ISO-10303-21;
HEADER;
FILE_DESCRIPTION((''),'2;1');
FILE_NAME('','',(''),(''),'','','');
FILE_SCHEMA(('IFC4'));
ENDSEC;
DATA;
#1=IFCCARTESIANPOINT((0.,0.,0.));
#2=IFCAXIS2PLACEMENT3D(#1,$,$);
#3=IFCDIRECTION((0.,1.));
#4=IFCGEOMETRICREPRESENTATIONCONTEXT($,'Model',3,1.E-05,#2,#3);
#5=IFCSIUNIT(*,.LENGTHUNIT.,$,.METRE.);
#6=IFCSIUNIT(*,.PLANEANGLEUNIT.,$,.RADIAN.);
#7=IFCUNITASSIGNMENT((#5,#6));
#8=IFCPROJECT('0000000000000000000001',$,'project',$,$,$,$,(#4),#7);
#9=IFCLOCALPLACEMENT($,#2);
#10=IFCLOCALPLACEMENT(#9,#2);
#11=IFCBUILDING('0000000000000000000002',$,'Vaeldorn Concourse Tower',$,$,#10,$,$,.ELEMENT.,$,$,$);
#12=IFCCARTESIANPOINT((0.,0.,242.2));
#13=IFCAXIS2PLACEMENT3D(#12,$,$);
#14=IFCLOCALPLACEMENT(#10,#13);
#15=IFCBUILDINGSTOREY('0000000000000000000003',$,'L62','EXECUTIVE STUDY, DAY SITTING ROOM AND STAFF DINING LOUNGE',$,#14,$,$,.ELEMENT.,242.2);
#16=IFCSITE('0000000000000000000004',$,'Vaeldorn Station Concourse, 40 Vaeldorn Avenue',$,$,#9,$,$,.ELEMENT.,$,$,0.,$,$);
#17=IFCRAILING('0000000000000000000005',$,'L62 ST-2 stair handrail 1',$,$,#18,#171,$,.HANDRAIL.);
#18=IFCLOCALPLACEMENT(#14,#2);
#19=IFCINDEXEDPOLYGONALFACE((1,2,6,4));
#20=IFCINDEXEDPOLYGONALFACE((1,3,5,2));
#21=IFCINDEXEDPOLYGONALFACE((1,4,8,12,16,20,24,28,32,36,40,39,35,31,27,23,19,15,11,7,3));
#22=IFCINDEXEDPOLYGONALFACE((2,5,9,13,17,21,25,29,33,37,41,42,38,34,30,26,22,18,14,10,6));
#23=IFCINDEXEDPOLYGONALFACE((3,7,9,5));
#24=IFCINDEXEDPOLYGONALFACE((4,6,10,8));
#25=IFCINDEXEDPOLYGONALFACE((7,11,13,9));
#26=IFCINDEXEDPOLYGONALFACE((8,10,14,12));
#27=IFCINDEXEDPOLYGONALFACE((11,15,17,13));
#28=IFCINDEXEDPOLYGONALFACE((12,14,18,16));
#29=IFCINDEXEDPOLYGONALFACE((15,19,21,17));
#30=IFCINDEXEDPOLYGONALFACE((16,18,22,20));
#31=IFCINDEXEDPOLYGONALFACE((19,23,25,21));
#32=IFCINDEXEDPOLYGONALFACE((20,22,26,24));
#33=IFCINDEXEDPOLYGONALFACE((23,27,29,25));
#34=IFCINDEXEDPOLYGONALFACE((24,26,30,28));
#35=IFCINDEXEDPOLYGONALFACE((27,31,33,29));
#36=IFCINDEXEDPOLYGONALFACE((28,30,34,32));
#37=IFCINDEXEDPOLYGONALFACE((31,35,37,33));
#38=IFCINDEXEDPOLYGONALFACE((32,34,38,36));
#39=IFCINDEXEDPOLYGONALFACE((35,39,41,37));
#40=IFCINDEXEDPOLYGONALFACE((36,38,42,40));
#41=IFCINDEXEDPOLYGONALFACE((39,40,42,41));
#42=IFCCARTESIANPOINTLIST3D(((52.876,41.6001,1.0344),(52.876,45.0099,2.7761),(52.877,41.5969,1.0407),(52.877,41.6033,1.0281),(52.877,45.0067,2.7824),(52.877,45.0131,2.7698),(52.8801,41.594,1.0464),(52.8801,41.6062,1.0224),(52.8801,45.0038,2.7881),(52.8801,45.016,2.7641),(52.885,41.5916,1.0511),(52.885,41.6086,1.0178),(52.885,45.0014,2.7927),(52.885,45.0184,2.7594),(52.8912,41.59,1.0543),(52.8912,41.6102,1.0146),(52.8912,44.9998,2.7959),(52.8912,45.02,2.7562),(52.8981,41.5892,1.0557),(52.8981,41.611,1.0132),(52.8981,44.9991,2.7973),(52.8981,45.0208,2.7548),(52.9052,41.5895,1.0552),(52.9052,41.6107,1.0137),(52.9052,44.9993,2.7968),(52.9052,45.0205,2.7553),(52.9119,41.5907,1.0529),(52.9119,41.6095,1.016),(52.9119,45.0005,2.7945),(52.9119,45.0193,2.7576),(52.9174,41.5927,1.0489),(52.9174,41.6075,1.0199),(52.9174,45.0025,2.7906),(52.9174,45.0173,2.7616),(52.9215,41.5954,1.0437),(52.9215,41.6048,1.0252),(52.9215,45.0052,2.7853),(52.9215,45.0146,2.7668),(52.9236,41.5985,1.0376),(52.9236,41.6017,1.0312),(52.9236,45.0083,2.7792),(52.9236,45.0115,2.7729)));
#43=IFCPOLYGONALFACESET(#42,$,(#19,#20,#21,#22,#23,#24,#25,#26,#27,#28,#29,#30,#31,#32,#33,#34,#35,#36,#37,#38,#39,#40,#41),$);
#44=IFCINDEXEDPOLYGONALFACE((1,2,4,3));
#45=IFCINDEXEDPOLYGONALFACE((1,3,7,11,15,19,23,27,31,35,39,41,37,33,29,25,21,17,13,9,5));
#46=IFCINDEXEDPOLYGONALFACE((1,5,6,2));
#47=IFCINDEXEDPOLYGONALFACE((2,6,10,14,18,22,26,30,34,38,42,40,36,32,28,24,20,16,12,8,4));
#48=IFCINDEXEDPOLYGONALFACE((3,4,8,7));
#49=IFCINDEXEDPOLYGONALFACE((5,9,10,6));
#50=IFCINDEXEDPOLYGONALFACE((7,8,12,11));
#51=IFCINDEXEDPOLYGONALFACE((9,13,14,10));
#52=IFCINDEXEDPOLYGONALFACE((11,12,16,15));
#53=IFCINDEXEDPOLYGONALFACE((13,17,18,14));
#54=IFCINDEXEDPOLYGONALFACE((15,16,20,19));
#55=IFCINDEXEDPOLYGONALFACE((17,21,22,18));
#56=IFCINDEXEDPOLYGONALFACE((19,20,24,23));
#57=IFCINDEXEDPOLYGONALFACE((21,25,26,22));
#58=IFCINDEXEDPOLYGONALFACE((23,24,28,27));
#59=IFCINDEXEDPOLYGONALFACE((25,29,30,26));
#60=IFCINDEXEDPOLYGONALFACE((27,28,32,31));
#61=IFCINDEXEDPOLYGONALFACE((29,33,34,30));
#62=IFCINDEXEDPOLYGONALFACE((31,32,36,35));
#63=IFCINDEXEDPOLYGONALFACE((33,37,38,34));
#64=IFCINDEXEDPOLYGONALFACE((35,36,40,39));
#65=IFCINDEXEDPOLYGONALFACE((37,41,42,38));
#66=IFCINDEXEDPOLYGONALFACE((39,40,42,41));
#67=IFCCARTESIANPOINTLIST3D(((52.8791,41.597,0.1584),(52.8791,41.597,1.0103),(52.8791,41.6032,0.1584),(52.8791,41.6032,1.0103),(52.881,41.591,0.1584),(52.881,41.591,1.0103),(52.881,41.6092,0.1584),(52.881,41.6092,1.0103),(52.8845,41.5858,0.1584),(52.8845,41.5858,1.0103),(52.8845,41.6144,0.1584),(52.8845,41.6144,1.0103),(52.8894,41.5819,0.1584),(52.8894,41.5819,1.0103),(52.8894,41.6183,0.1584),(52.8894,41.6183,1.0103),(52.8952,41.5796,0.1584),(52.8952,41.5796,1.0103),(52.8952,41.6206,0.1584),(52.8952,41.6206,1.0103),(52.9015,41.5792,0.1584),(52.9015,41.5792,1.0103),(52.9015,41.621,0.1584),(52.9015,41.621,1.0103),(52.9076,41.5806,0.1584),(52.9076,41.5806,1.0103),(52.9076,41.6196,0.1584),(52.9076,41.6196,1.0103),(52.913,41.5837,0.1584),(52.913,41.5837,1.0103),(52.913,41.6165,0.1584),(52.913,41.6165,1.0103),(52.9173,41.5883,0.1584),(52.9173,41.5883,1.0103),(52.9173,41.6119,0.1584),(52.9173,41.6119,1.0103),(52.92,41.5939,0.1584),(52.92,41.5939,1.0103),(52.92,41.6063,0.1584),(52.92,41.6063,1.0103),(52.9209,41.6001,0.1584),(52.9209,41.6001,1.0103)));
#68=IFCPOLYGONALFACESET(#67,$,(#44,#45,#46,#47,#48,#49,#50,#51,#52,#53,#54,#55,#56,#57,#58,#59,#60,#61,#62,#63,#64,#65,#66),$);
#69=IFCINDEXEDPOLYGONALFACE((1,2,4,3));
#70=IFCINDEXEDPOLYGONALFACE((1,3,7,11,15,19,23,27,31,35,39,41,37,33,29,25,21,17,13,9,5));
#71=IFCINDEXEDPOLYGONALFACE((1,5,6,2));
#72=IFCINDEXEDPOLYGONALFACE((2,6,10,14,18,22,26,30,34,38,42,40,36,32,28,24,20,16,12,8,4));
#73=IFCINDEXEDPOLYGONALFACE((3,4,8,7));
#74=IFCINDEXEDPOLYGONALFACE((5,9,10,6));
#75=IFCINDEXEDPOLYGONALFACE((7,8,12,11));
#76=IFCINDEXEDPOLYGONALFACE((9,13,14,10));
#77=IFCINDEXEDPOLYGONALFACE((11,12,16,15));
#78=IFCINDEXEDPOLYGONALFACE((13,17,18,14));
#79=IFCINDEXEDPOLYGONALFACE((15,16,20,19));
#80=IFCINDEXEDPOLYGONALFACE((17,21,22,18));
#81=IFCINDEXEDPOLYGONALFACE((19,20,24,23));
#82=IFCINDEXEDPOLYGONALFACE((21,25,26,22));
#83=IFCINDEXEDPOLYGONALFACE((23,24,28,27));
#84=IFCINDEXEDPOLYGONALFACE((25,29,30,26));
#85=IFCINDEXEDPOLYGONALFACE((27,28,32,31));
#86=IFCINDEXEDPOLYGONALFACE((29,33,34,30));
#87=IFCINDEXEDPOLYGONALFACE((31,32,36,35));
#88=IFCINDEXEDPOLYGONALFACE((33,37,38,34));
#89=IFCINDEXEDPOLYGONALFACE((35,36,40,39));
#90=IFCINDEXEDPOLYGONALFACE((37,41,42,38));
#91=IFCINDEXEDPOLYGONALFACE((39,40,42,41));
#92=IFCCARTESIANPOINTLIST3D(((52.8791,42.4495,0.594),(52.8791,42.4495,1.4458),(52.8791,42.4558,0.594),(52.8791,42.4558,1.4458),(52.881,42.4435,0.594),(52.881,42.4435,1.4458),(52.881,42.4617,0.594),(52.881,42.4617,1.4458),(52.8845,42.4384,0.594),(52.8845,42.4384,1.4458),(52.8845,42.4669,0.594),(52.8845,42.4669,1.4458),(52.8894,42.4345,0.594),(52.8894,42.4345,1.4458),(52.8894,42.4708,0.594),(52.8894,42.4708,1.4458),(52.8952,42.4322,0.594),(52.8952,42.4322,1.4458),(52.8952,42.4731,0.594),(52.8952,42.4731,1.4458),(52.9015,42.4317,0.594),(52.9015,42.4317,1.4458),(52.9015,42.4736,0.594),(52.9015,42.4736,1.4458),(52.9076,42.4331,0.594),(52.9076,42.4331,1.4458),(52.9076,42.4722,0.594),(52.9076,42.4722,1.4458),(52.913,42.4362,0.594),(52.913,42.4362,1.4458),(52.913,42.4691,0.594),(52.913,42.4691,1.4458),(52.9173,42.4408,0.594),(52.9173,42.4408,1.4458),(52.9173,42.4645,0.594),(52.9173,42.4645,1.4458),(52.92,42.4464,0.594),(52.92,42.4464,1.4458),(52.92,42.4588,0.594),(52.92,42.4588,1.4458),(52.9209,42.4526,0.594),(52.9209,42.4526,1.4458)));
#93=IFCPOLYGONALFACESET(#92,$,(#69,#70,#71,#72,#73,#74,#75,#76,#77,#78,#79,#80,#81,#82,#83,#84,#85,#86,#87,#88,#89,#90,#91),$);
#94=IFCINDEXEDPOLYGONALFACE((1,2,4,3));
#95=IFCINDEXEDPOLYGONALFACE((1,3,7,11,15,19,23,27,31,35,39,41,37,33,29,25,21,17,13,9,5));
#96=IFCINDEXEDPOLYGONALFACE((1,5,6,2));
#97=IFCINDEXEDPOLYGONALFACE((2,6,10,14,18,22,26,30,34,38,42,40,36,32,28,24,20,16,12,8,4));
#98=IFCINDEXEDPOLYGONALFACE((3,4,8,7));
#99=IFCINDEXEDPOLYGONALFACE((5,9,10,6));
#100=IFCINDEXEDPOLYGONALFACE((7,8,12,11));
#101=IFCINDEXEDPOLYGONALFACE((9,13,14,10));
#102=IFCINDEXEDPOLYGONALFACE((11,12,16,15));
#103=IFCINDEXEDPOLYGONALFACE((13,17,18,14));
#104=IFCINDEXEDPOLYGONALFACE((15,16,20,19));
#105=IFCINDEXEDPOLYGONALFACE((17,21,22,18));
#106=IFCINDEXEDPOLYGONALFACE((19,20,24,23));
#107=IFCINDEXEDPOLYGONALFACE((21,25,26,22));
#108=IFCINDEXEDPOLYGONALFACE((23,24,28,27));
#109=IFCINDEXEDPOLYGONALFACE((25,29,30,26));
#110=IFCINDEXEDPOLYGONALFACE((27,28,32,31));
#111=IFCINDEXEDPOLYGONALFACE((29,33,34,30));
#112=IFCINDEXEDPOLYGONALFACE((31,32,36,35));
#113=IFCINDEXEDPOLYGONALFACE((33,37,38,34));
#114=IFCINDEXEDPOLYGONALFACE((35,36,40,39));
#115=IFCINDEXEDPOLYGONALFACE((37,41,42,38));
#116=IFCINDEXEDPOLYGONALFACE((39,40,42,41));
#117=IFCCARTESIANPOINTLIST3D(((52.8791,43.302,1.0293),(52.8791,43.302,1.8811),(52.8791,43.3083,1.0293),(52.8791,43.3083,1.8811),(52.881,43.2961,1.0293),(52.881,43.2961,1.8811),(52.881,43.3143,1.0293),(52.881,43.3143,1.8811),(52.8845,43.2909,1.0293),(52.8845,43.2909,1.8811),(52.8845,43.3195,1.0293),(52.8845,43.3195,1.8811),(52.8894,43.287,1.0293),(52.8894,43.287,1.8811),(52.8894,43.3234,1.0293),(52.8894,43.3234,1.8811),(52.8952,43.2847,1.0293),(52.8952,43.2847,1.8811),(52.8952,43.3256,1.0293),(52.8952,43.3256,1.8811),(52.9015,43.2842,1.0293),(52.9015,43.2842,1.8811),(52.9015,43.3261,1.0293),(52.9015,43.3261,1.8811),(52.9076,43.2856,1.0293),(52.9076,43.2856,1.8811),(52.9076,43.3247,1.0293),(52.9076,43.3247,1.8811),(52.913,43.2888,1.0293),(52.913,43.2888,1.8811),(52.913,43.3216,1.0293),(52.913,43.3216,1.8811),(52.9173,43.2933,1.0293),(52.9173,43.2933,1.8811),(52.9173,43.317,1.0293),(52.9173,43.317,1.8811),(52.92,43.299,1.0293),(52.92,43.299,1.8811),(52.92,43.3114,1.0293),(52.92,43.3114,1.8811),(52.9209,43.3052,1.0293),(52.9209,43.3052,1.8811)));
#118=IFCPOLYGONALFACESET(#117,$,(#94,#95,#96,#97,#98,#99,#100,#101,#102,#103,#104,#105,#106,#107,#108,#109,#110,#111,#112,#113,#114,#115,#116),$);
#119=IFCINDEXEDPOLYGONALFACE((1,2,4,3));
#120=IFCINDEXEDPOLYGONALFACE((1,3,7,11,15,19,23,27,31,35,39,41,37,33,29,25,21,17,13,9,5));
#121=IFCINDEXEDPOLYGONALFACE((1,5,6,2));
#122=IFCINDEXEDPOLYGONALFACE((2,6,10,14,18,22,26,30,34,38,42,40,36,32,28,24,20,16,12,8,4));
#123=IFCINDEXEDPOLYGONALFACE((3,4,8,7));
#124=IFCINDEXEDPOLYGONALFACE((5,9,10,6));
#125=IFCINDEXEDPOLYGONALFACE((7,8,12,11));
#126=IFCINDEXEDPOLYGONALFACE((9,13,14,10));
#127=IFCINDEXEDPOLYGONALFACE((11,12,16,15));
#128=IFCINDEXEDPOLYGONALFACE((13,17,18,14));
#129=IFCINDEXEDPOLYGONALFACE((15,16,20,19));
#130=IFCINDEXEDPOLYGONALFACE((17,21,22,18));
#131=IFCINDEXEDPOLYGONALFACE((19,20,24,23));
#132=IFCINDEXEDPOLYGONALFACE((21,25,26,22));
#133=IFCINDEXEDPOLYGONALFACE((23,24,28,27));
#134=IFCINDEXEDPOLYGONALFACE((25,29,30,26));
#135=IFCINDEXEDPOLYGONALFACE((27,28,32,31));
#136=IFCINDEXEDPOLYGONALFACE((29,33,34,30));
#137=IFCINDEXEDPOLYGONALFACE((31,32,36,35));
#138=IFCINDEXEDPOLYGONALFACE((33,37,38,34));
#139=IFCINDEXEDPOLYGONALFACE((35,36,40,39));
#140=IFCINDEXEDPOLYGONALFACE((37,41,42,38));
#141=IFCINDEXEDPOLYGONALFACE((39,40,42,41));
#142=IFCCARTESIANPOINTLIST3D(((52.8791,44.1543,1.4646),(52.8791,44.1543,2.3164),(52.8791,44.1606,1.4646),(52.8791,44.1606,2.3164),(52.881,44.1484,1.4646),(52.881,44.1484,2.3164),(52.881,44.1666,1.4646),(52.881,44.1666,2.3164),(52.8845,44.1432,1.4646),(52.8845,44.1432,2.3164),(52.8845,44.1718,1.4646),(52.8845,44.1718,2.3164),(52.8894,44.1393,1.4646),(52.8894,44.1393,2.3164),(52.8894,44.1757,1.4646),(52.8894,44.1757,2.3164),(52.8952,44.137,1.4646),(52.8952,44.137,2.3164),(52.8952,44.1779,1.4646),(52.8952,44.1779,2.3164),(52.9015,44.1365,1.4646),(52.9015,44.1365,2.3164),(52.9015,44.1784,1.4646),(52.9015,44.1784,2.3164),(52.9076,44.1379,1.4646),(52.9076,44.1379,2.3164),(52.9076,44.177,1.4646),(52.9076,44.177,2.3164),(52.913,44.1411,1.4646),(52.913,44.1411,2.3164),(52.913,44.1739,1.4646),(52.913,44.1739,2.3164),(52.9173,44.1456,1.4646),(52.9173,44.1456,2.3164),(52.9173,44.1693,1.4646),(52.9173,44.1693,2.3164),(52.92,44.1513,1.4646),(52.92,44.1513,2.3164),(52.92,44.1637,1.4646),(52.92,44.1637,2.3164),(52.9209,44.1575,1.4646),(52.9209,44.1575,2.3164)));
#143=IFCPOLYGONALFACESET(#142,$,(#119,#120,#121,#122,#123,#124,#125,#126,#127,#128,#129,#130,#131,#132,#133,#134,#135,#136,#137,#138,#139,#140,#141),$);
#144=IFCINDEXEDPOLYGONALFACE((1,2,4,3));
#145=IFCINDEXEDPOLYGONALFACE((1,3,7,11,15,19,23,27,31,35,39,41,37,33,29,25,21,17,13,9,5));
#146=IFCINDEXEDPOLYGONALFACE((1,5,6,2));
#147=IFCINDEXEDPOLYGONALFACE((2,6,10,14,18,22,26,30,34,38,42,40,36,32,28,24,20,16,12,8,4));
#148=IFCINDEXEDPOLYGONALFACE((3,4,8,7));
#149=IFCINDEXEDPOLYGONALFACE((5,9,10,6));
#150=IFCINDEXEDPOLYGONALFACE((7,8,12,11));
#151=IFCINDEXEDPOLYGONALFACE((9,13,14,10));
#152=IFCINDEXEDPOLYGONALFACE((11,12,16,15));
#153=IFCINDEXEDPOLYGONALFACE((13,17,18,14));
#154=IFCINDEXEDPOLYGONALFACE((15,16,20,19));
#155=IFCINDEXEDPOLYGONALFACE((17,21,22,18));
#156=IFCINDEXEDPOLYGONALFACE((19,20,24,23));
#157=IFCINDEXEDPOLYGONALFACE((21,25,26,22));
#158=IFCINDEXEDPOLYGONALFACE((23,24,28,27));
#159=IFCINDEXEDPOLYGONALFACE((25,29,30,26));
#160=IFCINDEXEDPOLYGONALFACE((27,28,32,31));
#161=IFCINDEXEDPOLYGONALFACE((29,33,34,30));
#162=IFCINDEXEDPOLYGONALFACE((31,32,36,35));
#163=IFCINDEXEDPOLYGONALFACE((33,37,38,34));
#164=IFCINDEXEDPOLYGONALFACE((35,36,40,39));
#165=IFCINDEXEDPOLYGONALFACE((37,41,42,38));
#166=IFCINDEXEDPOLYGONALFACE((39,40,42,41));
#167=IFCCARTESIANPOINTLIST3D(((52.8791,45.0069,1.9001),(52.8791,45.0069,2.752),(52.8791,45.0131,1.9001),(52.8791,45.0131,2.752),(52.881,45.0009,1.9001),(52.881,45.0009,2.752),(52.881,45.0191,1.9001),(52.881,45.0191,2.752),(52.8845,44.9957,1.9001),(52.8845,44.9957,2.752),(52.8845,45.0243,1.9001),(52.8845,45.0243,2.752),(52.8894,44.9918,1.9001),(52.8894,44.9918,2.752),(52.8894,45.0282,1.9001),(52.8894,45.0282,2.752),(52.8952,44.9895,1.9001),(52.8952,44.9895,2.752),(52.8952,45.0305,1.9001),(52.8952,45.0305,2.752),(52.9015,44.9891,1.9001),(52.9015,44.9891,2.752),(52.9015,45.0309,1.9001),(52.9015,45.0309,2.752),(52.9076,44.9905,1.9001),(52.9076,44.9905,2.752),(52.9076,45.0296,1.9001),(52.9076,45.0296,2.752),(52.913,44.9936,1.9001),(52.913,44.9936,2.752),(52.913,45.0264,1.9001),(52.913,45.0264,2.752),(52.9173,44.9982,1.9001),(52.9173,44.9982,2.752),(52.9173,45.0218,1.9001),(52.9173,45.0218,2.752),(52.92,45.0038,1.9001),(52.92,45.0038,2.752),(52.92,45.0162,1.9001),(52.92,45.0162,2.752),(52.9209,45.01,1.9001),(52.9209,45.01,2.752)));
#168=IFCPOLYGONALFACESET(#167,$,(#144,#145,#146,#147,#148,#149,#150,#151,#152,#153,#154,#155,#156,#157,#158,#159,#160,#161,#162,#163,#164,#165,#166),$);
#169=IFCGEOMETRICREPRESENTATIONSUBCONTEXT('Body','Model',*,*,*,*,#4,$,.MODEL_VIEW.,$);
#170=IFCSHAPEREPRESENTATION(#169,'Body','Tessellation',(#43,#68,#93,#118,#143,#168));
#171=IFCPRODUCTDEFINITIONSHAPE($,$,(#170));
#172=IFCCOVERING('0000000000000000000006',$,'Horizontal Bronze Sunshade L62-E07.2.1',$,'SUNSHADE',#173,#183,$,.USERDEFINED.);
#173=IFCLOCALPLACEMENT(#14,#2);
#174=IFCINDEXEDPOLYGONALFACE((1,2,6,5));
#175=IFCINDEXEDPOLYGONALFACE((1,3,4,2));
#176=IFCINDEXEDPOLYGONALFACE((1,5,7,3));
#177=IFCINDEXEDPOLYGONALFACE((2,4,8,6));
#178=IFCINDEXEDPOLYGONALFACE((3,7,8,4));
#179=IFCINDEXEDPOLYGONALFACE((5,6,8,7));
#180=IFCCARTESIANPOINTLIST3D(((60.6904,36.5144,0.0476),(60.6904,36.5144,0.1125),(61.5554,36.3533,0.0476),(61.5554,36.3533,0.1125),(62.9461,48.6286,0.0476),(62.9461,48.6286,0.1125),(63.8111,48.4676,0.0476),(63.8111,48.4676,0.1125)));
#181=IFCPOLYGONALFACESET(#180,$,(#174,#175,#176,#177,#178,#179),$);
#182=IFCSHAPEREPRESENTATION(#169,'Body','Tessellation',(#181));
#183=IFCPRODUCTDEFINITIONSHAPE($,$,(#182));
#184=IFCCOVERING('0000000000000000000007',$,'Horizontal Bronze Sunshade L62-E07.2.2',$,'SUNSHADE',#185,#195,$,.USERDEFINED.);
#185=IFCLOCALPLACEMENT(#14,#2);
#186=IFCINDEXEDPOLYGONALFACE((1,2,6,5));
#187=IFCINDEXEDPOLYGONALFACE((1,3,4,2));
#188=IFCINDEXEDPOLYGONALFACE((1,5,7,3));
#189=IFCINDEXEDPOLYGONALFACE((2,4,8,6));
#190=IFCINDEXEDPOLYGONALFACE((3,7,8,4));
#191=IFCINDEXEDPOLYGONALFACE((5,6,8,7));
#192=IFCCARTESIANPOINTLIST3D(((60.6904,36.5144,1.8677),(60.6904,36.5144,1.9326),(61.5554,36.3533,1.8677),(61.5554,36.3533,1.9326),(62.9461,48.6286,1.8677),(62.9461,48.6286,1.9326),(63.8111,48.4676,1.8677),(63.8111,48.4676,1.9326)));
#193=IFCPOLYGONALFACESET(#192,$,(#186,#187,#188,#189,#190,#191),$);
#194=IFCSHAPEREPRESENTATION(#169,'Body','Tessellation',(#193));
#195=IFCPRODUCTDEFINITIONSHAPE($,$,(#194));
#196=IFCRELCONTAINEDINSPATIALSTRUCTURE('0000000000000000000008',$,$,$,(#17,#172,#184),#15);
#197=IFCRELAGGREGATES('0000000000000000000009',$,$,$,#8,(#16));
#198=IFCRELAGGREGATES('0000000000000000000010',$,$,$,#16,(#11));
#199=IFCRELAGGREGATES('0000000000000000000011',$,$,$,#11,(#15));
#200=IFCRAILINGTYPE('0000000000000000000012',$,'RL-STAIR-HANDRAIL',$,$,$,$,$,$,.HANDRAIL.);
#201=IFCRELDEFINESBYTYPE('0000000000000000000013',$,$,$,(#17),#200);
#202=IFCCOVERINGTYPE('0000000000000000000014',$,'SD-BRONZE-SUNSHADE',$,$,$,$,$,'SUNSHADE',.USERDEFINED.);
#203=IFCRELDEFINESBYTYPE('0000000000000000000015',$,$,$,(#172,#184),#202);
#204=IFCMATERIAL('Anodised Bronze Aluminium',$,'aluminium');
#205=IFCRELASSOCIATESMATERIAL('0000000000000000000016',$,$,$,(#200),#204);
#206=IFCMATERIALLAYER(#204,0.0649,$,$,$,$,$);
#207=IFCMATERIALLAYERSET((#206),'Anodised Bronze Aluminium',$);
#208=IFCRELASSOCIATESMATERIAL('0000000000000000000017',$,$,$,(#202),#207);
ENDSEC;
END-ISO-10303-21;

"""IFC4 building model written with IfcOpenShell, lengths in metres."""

from ifc_helpers import new_model, si_unit, direction, frame, origin, origin_2d, place, context, subcontext, project, spatial, rectangle, circle, extrude, source, transform, mapped, material, layer, layer_set, type_object, element, save


model = new_model("IFC4")

# Units and contexts
model_context = context("Model", 3, precision=1e-05, world=origin(), true_north=direction((0.0, 1.0)))
body_context = subcontext(model_context, "Body", "Model", "MODEL_VIEW")
ifc_project = project(units=[si_unit("LENGTHUNIT", "METRE"), si_unit("PLANEANGLEUNIT", "RADIAN")], contexts=[model_context])

# Site, building, storey
site_placement = place(None, origin())
site = spatial("IfcSite", under=ifc_project, at=site_placement, Name="Vaeldorn Station Concourse, 40 Vaeldorn Avenue", CompositionType="ELEMENT", RefElevation=0.0)
building_placement = place(site_placement, origin())
building = spatial("IfcBuilding", under=site, at=building_placement, Name="Vaeldorn Concourse Tower", CompositionType="ELEMENT")
storey_placement = place(building_placement, frame((0.0, 0.0, 242.2)))
storey = spatial("IfcBuildingStorey", under=building, at=storey_placement, Name="L62", Description="EXECUTIVE STUDY, DAY SITTING ROOM AND STAFF DINING LOUNGE", CompositionType="ELEMENT", Elevation=242.2)

# Shared definitions
ifc_material_1 = material(Name="Anodised Bronze Aluminium", Category="aluminium")

# Railing
railing_type_1 = type_object("IfcRailingType", Name="RL-STAIR-HANDRAIL", PredefinedType="HANDRAIL", material=ifc_material_1)
railing_1_placement = place(storey_placement, frame((52.8999, 41.6001, 0.1584)))
element("IfcRailing", 1, at=railing_1_placement, inside=storey, type_object=railing_type_1, Name="L62 ST-2 stair handrail 1", PredefinedType="HANDRAIL", context=body_context, shape_type="SweptSolid", body=[
    extrude(circle(Radius=0.0239, at=origin_2d()), frame((0.0, 0.0, 0.876), z_axis=(0.0, 0.890556, 0.454874), x_axis=(-1.0, 0.0, 0.0)), (0.0, 0.0, 1.0), 3.8289),
    extrude(circle(Radius=0.021, at=origin_2d()), origin(), (0.0, 0.0, 1.0), 0.8518),
    extrude(circle(Radius=0.021, at=origin_2d()), frame((0.0, 0.8525, 0.4355)), (0.0, 0.0, 1.0), 0.8518),
    extrude(circle(Radius=0.021, at=origin_2d()), frame((0.0, 1.7051, 0.8708)), (0.0, 0.0, 1.0), 0.8518),
    extrude(circle(Radius=0.021, at=origin_2d()), frame((0.0, 2.5574, 1.3062)), (0.0, 0.0, 1.0), 0.8518),
    extrude(circle(Radius=0.021, at=origin_2d()), frame((0.0, 3.4099, 1.7417)), (0.0, 0.0, 1.0), 0.8518),
])

# Coverings
ifc_layer_1 = layer(ifc_material_1, 0.0649)
ifc_layer_set_1 = layer_set([ifc_layer_1], Name="Anodised Bronze Aluminium")
covering_type = type_object("IfcCoveringType", Name="SD-BRONZE-SUNSHADE", ElementType="SUNSHADE", PredefinedType="USERDEFINED", material=ifc_layer_set_1)
shared_shape_1 = source(origin(), body_context, "Body", "SweptSolid", [
    extrude(rectangle(XDim=12.3225, YDim=0.8799, at=origin_2d()), origin(), (0.0, 0.0, 1.0), 0.0649),
])
for number, where, z_axis, x_axis, name in (
    (2, (62.2507, 42.491, 0.0476), (0.0, 0.0, 1.0), (0.183059, 0.983102, 0.0), "Horizontal Bronze Sunshade L62-E07.2.1"),
    (3, (62.2507, 42.491, 1.8677), (0.0, 0.0, 1.0), (0.183059, 0.983102, 0.0), "Horizontal Bronze Sunshade L62-E07.2.2"),
):
    element("IfcCovering", number, at=place(storey_placement, frame(where, z_axis=z_axis, x_axis=x_axis)), inside=storey, type_object=covering_type, Name=name, ObjectType="SUNSHADE", PredefinedType="USERDEFINED", context=body_context, shape_type="MappedRepresentation", body=[
        mapped(shared_shape_1, transform((0.0, 0.0, 0.0), scale=1.0)),
    ])

save(model, "model.ifc")
